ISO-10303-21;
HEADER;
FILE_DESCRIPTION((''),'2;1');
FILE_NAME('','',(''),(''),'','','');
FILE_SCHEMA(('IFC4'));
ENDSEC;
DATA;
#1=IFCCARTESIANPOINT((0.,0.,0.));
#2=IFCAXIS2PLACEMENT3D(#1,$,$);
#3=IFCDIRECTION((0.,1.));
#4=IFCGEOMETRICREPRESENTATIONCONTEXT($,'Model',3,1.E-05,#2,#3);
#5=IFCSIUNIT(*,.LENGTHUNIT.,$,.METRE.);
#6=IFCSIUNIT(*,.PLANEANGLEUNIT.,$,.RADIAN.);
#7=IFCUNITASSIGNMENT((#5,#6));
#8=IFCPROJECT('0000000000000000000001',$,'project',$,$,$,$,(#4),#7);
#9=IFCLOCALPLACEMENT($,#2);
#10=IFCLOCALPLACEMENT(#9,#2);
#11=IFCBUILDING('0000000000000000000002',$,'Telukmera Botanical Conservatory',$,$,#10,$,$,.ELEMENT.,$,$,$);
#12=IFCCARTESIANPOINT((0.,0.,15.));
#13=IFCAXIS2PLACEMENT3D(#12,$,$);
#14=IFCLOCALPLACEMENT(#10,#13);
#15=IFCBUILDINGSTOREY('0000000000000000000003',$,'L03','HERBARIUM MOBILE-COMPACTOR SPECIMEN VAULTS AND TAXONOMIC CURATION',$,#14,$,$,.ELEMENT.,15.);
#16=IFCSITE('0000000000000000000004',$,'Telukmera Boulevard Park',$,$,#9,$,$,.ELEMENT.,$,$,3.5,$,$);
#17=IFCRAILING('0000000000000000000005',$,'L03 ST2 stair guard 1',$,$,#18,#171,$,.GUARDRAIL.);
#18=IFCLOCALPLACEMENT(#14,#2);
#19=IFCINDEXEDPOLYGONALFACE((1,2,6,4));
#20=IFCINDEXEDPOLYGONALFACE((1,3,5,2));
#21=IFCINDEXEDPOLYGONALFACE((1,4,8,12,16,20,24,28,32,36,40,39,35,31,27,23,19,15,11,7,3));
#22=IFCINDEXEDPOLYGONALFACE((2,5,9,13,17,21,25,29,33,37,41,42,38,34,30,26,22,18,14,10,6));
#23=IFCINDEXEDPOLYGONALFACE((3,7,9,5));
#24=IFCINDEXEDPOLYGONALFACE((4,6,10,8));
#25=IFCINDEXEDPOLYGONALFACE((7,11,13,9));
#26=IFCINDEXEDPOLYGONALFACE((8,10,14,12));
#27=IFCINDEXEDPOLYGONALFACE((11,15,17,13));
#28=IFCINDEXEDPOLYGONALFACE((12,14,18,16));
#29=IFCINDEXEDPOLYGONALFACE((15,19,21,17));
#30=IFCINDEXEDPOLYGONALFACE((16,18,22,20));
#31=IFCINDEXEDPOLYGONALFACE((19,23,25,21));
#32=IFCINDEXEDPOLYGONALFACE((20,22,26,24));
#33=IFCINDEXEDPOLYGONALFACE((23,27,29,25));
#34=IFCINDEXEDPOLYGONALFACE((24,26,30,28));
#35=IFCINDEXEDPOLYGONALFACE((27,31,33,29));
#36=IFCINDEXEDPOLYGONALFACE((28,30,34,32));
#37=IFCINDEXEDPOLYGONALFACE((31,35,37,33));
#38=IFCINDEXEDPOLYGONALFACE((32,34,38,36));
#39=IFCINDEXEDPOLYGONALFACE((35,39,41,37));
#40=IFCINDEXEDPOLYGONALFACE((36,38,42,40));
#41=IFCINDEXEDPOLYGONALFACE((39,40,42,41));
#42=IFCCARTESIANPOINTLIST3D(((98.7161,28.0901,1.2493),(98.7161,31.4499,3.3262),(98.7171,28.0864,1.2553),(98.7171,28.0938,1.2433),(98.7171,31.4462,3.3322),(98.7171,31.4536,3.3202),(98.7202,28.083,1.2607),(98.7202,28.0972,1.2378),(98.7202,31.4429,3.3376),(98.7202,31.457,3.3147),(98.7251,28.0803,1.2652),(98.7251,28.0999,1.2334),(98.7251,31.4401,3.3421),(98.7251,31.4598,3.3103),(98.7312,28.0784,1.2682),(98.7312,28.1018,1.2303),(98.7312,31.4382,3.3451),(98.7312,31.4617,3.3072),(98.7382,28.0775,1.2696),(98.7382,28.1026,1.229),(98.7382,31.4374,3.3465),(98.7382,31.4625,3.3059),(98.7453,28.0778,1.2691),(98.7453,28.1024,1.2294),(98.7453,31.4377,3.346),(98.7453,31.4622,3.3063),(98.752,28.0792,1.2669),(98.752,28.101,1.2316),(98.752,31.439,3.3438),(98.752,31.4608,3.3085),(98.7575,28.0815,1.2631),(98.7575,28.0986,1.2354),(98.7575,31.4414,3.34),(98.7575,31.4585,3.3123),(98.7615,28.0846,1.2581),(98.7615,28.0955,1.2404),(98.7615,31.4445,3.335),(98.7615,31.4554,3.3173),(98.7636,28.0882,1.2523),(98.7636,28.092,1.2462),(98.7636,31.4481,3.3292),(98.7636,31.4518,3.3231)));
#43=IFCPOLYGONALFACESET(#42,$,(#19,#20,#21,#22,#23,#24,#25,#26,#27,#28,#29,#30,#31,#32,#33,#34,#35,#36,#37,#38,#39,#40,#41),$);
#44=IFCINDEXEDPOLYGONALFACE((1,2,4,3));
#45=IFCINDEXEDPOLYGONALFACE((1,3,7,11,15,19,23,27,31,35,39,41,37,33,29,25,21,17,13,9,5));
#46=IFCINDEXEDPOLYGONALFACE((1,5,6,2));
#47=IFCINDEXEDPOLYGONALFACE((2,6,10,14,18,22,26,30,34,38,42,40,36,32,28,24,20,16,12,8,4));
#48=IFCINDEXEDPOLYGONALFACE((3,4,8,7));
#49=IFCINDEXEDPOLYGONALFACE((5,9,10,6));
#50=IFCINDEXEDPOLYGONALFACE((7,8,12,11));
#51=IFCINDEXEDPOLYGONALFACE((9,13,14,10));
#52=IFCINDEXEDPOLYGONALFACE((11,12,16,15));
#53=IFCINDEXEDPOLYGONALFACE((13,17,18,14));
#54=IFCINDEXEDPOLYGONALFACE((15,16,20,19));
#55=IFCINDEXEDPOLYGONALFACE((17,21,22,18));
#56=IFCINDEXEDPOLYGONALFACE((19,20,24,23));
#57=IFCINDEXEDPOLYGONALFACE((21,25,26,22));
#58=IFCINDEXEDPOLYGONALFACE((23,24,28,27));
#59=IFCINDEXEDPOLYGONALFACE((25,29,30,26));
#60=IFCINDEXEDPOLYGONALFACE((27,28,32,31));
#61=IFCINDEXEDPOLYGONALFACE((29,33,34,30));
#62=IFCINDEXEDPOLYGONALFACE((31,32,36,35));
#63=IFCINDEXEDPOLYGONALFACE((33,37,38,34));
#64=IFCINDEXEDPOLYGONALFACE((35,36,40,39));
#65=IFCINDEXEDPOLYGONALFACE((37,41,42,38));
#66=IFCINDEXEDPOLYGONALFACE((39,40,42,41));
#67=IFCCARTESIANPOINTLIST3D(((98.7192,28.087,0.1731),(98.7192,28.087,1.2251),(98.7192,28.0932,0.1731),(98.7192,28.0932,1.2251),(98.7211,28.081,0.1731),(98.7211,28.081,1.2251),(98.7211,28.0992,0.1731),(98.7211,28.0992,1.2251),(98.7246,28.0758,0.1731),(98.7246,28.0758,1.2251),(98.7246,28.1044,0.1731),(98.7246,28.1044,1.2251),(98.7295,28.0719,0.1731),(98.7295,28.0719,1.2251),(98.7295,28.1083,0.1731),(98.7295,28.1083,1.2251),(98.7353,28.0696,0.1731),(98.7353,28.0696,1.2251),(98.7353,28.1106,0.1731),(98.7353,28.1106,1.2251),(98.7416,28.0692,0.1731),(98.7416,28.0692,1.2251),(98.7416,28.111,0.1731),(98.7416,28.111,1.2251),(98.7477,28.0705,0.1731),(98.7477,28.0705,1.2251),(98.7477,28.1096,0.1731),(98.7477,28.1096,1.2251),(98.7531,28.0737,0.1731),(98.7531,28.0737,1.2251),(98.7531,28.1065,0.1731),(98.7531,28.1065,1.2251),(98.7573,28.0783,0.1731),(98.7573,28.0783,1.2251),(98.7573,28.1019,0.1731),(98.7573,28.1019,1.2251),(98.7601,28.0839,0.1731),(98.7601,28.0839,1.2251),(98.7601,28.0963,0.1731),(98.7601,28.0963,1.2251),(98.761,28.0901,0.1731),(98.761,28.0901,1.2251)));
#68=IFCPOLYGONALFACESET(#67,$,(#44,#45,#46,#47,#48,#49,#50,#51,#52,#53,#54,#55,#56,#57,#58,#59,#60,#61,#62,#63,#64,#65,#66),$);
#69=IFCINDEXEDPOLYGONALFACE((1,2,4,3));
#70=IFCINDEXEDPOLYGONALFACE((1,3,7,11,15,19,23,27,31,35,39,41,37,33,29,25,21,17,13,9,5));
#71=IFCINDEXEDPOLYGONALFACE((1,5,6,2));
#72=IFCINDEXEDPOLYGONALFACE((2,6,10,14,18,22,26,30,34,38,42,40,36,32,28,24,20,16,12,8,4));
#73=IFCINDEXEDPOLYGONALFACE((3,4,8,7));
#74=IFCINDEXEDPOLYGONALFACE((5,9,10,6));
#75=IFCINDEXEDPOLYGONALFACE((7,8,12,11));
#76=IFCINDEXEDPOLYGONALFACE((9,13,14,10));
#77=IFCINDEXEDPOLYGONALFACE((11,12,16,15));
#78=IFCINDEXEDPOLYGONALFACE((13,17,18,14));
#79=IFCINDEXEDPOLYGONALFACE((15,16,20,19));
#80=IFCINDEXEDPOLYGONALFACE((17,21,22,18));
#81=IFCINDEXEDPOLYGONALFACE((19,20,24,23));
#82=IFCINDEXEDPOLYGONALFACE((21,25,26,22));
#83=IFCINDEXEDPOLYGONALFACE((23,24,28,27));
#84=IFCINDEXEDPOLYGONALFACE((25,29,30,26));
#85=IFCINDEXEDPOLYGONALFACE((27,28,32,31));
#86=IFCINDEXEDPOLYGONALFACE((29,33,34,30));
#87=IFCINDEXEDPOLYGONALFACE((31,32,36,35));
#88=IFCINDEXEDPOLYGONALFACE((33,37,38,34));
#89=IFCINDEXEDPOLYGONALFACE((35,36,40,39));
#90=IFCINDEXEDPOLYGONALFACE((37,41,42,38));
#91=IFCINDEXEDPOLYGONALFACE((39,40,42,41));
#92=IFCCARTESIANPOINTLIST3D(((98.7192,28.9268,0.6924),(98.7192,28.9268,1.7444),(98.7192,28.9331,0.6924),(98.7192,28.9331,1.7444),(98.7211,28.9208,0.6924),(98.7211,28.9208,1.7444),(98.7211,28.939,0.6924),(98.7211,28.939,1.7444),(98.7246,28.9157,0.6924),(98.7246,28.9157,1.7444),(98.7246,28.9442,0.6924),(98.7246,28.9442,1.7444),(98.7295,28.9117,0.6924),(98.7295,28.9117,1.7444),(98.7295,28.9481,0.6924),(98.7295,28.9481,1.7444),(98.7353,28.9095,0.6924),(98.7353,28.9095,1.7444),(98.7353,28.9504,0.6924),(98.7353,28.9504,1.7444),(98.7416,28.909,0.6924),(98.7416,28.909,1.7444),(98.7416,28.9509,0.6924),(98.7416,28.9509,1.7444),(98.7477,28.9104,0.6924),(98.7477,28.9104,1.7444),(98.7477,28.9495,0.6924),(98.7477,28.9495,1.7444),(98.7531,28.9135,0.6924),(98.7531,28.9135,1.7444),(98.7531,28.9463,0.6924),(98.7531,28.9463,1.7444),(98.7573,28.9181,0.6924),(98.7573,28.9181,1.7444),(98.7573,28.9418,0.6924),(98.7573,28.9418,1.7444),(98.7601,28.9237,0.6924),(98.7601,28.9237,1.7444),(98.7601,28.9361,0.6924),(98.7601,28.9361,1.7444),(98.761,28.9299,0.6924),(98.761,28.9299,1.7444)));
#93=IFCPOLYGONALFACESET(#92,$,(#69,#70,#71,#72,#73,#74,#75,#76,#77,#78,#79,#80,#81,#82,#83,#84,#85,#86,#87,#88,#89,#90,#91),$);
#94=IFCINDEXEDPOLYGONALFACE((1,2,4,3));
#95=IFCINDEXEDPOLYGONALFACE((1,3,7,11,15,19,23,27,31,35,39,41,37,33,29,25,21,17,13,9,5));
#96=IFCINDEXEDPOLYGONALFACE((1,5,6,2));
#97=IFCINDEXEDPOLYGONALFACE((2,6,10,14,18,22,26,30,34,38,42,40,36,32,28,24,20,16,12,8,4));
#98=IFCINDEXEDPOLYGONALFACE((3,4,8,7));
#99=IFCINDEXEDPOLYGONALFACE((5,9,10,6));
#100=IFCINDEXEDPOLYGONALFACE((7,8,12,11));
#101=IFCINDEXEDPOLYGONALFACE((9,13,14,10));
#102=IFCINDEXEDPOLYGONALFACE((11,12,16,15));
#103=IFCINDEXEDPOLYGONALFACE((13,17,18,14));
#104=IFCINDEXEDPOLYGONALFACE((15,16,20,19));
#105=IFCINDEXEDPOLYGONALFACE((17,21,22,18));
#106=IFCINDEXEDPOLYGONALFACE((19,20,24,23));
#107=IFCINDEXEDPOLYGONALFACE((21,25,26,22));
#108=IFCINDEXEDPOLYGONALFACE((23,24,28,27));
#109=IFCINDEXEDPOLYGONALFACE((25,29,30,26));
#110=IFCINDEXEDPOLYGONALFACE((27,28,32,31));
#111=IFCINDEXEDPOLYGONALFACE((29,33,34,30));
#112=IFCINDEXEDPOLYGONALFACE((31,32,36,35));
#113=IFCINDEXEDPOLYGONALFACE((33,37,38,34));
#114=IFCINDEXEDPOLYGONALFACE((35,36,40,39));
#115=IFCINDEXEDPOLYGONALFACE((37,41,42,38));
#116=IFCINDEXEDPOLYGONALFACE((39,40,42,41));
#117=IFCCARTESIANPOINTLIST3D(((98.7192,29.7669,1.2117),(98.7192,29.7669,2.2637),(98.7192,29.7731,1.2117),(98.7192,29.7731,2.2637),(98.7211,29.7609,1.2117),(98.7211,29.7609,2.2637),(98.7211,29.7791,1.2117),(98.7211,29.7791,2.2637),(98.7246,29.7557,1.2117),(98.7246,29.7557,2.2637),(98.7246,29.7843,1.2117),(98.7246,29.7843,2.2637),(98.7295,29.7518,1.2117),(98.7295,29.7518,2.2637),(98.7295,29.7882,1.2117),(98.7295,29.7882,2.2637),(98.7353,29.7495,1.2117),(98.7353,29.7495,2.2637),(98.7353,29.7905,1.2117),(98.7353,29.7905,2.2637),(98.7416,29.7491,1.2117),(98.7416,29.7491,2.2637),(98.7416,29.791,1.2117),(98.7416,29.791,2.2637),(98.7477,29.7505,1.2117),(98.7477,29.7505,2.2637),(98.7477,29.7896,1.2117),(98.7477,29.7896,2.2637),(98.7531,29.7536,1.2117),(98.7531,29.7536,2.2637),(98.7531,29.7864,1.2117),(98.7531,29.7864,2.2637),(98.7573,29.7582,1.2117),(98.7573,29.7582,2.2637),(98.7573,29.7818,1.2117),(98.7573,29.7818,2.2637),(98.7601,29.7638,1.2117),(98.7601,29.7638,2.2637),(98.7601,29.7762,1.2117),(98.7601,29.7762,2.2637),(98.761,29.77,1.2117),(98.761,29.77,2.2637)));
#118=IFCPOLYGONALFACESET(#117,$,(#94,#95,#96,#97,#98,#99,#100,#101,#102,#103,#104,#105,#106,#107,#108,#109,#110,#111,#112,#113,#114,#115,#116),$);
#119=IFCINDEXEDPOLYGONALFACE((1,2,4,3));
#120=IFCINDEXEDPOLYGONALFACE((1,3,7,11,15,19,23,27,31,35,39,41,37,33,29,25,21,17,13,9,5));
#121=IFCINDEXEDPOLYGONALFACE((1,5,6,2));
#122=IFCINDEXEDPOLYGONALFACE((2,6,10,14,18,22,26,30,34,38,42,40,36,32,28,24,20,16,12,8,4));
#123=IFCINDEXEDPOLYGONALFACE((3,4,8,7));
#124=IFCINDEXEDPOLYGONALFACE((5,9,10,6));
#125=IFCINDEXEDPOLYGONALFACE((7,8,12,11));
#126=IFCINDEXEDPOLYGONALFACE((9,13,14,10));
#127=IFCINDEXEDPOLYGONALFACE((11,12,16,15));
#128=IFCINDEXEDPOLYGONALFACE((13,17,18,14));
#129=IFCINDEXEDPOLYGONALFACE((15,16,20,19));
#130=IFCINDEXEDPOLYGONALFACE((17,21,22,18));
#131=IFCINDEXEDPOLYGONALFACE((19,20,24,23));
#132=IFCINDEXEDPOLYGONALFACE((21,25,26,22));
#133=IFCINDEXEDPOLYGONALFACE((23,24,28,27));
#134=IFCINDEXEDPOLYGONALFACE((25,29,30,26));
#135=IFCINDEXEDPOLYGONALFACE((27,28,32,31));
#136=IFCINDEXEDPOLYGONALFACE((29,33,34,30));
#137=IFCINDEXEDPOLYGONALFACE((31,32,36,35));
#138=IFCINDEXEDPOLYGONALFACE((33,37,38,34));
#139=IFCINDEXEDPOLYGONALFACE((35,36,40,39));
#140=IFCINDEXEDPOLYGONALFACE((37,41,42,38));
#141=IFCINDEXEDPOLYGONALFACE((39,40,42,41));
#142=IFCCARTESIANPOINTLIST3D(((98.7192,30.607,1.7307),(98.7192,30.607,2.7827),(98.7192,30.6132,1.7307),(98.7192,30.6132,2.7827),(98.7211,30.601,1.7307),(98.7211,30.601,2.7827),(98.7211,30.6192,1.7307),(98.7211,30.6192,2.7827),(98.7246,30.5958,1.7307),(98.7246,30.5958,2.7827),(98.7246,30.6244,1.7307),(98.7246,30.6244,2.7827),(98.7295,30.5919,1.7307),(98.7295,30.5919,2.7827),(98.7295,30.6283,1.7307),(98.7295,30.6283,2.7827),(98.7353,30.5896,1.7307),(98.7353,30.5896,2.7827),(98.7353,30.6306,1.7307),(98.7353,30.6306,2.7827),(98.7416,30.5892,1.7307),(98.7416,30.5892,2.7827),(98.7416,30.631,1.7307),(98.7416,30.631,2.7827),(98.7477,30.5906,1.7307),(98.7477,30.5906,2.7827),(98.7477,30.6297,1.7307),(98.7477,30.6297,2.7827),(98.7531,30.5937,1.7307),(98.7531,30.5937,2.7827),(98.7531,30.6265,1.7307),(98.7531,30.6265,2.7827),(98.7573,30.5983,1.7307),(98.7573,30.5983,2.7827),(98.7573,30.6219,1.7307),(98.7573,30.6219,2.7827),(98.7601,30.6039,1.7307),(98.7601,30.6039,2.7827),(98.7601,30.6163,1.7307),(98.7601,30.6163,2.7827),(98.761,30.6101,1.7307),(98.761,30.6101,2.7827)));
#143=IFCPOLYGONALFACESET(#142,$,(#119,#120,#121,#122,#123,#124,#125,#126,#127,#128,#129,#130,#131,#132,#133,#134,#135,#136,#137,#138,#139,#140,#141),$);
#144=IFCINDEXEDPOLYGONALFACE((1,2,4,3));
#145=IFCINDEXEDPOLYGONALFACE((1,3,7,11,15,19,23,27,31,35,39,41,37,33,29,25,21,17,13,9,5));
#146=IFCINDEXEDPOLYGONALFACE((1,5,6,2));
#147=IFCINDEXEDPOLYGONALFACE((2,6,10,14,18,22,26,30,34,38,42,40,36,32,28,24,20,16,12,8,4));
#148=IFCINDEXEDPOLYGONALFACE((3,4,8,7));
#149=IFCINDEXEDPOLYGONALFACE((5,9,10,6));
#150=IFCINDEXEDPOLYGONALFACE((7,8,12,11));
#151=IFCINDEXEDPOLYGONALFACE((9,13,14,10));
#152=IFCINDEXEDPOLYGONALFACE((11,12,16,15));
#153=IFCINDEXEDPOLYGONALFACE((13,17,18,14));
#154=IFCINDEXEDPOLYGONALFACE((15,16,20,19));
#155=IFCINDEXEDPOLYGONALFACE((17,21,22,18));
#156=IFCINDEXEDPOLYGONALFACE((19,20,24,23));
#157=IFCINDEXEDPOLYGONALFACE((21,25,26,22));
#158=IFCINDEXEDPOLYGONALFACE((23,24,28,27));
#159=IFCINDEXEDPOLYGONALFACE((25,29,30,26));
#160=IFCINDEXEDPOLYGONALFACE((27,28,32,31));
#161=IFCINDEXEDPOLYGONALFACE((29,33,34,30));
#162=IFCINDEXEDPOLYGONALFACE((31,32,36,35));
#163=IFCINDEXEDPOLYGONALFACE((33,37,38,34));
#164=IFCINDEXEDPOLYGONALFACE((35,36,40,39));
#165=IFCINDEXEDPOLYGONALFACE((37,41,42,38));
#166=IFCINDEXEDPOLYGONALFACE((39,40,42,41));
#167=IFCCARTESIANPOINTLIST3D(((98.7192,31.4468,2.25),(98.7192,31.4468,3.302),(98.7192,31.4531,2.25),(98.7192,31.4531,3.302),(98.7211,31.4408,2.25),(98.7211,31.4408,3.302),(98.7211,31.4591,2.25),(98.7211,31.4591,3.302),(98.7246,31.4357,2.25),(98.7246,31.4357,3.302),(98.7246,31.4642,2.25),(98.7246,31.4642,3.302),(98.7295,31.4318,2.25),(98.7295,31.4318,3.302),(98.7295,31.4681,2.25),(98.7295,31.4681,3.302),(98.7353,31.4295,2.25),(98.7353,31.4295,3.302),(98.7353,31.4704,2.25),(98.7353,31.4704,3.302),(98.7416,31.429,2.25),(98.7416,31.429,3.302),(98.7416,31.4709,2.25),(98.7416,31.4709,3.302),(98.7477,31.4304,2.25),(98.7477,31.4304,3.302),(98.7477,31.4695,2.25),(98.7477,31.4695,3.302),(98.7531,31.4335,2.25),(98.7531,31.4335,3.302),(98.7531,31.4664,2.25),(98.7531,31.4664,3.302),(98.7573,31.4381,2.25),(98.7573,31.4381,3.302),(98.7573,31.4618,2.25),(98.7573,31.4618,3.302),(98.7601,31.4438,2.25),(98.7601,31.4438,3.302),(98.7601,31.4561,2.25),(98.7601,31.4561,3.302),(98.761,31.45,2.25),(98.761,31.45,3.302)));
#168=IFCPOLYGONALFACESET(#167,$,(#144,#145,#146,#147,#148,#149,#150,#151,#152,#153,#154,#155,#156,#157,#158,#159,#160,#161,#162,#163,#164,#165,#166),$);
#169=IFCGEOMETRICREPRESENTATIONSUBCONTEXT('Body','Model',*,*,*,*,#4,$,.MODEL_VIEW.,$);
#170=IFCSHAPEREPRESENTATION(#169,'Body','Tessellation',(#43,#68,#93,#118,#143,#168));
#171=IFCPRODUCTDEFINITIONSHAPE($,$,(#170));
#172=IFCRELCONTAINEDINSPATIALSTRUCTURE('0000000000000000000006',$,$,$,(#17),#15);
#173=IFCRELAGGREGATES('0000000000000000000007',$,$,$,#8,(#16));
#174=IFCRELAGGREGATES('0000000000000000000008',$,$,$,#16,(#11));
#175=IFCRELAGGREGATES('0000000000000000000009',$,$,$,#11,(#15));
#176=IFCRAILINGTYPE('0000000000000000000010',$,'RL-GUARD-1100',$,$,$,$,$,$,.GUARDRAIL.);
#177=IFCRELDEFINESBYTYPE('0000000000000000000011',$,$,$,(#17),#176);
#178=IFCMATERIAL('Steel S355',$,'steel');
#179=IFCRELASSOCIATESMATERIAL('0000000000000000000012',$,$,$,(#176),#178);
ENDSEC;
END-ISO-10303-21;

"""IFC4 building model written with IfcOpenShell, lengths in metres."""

from ifc_helpers import new_model, si_unit, direction, frame, origin, origin_2d, place, context, subcontext, project, spatial, circle, extrude, material, type_object, element, save


model = new_model("IFC4")

# Units and contexts
model_context = context("Model", 3, precision=1e-05, world=origin(), true_north=direction((0.0, 1.0)))
body_context = subcontext(model_context, "Body", "Model", "MODEL_VIEW")
ifc_project = project(units=[si_unit("LENGTHUNIT", "METRE"), si_unit("PLANEANGLEUNIT", "RADIAN")], contexts=[model_context])

# Site, building, storey
site_placement = place(None, origin())
site = spatial("IfcSite", under=ifc_project, at=site_placement, Name="Telukmera Boulevard Park", CompositionType="ELEMENT", RefElevation=3.5)
building_placement = place(site_placement, origin())
building = spatial("IfcBuilding", under=site, at=building_placement, Name="Telukmera Botanical Conservatory", CompositionType="ELEMENT")
storey_placement = place(building_placement, frame((0.0, 0.0, 15.0)))
storey = spatial("IfcBuildingStorey", under=building, at=storey_placement, Name="L03", Description="HERBARIUM MOBILE-COMPACTOR SPECIMEN VAULTS AND TAXONOMIC CURATION", CompositionType="ELEMENT", Elevation=15.0)

# Railing
ifc_material_1 = material(Name="Steel S355", Category="steel")
railing_type_1 = type_object("IfcRailingType", Name="RL-GUARD-1100", PredefinedType="GUARDRAIL", material=ifc_material_1)
railing_1_placement = place(storey_placement, frame((98.74, 28.0901, 0.1731)))
element("IfcRailing", 1, at=railing_1_placement, inside=storey, type_object=railing_type_1, Name="L03 ST2 stair guard 1", PredefinedType="GUARDRAIL", context=body_context, shape_type="SweptSolid", body=[
    extrude(circle(Radius=0.0239, at=origin_2d()), frame((0.0, 0.0, 1.0762), z_axis=(0.0, 0.850606, 0.525803), x_axis=(-1.0, 0.0, 0.0)), (0.0, 0.0, 1.0), 3.95),
    extrude(circle(Radius=0.021, at=origin_2d()), origin(), (0.0, 0.0, 1.0), 1.052),
    extrude(circle(Radius=0.021, at=origin_2d()), frame((0.0, 0.8398, 0.5193)), (0.0, 0.0, 1.0), 1.052),
    extrude(circle(Radius=0.021, at=origin_2d()), frame((0.0, 1.6799, 1.0386)), (0.0, 0.0, 1.0), 1.052),
    extrude(circle(Radius=0.021, at=origin_2d()), frame((0.0, 2.52, 1.5576)), (0.0, 0.0, 1.0), 1.052),
    extrude(circle(Radius=0.021, at=origin_2d()), frame((0.0, 3.3599, 2.0769)), (0.0, 0.0, 1.0), 1.052),
])

save(model, "model.ifc")
